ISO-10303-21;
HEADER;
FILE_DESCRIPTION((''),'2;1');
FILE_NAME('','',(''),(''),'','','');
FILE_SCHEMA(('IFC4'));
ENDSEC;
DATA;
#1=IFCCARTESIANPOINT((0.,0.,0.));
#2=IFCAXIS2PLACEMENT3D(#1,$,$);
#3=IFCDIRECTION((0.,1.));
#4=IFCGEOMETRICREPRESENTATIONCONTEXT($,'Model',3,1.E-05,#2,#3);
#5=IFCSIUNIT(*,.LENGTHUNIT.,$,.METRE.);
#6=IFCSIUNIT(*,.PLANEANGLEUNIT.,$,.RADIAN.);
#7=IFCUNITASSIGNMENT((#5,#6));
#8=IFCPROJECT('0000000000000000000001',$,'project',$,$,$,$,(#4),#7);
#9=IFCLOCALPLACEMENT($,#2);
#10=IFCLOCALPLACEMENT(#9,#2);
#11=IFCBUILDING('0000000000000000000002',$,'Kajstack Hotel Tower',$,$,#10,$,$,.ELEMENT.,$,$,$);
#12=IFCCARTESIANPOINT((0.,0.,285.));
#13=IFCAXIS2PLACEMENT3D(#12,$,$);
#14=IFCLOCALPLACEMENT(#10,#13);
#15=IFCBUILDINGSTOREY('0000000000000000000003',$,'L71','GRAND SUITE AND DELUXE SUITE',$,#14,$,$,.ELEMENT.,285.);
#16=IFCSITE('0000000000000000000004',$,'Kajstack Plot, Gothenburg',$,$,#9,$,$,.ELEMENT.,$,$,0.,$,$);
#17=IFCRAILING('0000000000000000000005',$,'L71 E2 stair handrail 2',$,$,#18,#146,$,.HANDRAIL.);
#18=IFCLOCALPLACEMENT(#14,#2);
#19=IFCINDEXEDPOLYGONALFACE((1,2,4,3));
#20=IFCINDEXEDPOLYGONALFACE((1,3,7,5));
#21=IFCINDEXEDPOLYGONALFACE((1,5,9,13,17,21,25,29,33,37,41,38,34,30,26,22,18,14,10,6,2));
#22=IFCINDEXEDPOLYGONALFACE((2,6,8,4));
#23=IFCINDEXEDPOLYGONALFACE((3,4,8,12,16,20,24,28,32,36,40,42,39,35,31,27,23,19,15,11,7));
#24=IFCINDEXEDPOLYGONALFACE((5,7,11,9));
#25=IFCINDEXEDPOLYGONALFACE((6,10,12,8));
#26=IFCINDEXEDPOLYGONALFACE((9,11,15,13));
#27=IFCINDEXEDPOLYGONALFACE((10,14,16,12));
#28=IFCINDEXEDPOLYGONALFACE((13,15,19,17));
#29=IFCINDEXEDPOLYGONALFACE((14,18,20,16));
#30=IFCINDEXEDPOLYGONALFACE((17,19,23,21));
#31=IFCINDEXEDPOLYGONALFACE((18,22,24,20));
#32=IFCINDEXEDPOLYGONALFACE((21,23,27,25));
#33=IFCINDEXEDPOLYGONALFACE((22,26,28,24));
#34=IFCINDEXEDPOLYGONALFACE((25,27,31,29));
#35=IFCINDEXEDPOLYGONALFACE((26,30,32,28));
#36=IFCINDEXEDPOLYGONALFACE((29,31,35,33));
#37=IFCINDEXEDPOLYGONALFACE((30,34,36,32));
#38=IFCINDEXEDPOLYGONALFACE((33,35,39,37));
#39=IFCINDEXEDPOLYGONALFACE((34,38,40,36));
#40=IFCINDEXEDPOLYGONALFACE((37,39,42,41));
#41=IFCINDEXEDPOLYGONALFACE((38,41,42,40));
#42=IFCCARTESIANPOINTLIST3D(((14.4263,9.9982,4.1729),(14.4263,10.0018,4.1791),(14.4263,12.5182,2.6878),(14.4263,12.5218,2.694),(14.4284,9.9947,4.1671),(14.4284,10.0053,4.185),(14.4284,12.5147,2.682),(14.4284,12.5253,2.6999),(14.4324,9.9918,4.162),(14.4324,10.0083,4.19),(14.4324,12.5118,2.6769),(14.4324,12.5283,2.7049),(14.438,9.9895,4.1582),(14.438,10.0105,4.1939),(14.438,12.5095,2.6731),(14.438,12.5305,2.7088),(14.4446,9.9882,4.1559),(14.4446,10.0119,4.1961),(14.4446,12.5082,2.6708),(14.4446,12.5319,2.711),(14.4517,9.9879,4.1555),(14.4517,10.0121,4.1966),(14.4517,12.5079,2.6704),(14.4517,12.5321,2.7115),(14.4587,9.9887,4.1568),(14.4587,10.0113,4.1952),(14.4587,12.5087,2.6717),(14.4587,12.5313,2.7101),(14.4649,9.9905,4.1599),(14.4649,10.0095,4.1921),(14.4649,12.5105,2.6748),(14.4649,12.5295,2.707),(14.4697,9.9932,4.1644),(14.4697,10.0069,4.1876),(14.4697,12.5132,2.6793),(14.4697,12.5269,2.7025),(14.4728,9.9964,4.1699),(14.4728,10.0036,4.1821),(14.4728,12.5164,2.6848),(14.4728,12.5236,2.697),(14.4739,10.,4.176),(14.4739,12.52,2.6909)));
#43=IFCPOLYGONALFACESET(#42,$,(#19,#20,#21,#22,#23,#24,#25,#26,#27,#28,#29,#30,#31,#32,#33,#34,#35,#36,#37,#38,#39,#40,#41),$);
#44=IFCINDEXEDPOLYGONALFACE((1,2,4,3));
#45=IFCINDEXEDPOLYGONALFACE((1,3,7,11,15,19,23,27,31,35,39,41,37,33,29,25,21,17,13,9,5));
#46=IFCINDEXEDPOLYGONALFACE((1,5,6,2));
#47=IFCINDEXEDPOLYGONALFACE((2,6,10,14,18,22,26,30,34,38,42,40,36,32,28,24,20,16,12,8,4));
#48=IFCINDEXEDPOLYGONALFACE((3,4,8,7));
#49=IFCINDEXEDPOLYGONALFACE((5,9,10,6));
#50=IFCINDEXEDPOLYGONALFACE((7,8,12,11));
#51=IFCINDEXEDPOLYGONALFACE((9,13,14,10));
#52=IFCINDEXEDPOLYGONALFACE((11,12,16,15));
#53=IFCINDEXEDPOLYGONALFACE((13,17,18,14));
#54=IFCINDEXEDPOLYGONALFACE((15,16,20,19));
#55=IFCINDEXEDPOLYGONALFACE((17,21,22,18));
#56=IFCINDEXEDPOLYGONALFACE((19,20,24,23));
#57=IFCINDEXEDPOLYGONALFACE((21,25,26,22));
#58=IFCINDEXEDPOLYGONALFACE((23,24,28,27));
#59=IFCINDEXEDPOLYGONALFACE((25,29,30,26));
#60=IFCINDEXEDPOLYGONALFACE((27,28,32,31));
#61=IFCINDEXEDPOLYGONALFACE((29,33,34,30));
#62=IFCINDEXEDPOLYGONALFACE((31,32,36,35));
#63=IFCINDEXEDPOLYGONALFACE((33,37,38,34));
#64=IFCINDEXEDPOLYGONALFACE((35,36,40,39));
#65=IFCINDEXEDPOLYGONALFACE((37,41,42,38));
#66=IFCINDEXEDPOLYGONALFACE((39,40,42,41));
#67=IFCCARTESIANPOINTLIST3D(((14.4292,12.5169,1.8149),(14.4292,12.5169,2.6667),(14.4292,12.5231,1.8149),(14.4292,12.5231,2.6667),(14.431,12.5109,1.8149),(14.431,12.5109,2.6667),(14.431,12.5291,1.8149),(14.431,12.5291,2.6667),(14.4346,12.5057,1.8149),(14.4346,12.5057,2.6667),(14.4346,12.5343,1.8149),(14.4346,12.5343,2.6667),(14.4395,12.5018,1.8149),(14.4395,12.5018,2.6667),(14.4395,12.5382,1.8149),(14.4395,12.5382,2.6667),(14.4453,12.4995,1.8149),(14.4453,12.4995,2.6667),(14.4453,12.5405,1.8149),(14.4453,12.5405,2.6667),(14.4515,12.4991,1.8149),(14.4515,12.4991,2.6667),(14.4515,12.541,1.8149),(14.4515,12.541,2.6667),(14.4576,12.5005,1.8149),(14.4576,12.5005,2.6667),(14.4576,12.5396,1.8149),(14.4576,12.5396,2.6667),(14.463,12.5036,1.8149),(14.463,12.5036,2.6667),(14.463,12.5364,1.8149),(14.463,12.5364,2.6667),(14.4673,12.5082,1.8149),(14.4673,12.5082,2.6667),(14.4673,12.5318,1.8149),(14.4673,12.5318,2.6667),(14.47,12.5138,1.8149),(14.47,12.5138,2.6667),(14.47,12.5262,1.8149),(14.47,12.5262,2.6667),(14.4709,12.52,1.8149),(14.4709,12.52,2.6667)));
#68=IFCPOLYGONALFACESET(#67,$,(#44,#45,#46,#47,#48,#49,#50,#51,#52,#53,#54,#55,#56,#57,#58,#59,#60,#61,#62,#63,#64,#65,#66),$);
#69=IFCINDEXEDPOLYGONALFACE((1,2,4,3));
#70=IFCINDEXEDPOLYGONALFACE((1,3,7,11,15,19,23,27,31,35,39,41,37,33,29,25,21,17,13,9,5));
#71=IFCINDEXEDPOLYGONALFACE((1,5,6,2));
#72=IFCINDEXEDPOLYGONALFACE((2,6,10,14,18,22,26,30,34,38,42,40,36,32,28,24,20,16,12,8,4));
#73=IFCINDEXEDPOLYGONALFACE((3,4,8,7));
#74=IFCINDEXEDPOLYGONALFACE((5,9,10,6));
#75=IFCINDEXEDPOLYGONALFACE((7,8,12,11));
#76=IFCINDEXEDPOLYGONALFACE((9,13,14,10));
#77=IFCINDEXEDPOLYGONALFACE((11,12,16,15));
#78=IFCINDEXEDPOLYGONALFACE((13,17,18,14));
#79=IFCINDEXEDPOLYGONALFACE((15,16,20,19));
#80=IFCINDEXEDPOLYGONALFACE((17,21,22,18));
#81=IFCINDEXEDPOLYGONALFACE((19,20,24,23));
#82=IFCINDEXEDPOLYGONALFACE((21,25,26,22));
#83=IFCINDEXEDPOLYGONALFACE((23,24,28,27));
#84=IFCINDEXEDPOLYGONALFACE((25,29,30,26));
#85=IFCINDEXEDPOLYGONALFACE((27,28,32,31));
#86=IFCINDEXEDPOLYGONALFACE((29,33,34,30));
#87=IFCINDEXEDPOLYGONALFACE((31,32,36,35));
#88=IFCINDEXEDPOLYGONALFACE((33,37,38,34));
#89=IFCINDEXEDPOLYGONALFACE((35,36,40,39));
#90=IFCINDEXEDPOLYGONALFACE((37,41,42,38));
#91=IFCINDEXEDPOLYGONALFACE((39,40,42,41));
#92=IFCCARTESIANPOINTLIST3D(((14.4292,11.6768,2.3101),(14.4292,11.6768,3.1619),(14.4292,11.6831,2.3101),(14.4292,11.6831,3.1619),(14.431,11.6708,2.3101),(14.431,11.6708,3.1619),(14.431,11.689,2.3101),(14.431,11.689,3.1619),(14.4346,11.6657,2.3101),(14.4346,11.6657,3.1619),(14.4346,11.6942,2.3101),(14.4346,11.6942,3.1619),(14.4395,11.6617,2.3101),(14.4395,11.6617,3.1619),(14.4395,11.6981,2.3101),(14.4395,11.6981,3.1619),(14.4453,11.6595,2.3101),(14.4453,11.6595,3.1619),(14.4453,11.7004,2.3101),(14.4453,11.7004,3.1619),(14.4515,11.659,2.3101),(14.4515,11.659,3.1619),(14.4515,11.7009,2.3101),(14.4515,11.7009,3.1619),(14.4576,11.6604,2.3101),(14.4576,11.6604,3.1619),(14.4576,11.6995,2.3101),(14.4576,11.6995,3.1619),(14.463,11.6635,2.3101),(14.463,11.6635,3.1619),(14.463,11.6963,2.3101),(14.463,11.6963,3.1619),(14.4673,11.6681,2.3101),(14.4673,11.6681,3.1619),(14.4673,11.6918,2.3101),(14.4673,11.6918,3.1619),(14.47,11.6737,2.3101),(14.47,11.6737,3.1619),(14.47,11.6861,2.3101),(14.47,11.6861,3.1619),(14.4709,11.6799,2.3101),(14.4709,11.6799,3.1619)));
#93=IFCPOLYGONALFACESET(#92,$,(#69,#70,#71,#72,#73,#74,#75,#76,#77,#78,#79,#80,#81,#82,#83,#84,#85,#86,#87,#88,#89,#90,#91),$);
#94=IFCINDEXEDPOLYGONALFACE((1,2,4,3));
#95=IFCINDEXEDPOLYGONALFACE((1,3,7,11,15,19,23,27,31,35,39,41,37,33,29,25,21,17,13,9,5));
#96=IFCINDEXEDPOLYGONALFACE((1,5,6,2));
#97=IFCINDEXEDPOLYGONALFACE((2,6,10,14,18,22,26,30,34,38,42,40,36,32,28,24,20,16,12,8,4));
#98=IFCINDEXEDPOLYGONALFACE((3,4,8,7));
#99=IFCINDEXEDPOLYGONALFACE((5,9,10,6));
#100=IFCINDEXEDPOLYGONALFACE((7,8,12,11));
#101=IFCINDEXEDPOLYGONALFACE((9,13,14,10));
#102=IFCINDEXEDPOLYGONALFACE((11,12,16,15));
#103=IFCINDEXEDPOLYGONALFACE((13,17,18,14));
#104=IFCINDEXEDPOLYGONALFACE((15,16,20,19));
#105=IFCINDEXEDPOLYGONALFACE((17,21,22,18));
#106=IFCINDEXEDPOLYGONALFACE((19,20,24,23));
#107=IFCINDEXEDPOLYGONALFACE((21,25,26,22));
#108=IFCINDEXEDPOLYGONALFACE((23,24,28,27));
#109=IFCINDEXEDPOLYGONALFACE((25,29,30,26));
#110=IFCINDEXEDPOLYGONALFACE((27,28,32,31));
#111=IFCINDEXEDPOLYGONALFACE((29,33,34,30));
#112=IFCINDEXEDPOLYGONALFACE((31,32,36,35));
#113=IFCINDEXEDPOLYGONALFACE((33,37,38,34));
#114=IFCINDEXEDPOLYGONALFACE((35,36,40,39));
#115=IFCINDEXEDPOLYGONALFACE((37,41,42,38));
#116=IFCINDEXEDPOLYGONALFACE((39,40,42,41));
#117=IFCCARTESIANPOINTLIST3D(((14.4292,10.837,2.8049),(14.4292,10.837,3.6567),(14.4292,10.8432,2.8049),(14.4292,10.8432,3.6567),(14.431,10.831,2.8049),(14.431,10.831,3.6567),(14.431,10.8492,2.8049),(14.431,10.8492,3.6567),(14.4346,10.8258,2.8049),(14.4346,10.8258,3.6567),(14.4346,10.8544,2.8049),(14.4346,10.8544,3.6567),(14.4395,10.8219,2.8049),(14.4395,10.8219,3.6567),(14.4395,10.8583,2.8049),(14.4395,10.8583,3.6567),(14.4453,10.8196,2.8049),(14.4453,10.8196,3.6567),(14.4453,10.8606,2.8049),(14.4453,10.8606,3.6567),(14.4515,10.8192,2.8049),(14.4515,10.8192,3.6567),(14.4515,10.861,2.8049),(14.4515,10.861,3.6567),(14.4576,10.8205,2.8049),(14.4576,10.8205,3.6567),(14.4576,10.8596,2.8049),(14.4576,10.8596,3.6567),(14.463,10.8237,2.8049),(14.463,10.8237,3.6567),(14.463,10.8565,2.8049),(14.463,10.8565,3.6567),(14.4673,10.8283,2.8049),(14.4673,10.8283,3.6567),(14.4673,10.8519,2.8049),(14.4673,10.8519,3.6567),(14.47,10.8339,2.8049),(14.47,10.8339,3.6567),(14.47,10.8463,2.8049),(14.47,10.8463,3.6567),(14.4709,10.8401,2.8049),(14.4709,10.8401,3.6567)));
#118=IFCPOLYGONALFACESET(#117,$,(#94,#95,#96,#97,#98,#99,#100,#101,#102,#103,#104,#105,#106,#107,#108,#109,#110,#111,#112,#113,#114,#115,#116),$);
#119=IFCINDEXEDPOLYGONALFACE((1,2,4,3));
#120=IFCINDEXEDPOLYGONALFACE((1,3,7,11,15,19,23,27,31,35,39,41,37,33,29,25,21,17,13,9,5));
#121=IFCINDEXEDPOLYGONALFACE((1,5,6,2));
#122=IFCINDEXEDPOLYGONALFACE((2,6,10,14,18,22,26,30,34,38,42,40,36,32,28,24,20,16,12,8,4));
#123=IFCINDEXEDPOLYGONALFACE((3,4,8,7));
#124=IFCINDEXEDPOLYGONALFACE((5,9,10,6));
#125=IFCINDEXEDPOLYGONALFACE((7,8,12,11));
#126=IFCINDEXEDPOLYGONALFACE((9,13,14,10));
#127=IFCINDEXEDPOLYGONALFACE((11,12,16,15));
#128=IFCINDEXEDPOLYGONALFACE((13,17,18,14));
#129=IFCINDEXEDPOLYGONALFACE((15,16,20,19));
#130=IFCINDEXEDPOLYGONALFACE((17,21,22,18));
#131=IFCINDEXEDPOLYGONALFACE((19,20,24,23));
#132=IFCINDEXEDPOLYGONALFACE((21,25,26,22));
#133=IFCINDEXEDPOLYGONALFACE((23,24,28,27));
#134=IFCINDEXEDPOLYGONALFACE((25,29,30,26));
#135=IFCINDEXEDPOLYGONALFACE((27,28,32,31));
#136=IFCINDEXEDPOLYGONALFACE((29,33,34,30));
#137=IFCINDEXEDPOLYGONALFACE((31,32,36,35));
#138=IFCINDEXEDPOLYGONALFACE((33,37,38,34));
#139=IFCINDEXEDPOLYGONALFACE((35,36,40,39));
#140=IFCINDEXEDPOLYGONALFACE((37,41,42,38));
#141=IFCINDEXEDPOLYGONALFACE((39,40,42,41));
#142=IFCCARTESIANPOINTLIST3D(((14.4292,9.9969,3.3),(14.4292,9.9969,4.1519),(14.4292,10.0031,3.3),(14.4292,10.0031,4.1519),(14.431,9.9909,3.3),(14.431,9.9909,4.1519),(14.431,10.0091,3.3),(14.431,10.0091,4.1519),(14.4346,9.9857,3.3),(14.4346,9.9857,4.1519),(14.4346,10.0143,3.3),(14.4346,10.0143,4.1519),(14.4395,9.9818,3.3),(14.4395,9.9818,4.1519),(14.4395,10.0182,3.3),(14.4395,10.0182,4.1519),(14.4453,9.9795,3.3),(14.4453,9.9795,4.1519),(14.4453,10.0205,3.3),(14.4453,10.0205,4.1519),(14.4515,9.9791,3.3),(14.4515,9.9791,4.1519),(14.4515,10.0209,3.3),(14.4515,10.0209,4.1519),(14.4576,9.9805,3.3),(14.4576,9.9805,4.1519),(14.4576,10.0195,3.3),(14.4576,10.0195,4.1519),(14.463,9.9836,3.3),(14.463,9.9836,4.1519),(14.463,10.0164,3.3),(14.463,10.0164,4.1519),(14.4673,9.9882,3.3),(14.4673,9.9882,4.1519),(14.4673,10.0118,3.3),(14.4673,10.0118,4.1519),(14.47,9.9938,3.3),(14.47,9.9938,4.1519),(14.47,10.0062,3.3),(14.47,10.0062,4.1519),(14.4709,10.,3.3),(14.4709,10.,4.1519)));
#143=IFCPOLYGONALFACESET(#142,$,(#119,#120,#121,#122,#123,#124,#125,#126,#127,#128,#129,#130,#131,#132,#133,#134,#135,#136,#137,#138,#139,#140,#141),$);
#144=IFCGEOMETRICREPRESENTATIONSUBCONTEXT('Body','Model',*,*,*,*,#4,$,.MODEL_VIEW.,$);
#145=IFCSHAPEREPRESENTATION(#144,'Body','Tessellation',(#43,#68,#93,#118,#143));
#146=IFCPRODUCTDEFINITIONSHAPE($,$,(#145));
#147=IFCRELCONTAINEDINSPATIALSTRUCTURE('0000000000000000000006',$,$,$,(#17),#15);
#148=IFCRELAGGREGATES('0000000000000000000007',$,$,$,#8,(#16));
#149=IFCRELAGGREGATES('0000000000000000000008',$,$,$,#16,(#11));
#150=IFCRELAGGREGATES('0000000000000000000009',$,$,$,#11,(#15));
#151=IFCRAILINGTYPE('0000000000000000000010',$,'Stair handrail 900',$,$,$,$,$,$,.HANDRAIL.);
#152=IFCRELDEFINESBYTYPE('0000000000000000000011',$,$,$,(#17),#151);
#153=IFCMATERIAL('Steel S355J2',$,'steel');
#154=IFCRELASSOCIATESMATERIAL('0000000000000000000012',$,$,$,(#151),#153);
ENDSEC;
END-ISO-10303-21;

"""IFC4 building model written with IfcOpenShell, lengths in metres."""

from ifc_helpers import new_model, si_unit, direction, frame, origin, origin_2d, place, context, subcontext, project, spatial, circle, extrude, material, type_object, element, save


model = new_model("IFC4")

# Units and contexts
model_context = context("Model", 3, precision=1e-05, world=origin(), true_north=direction((0.0, 1.0)))
body_context = subcontext(model_context, "Body", "Model", "MODEL_VIEW")
ifc_project = project(units=[si_unit("LENGTHUNIT", "METRE"), si_unit("PLANEANGLEUNIT", "RADIAN")], contexts=[model_context])

# Site, building, storey
site_placement = place(None, origin())
site = spatial("IfcSite", under=ifc_project, at=site_placement, Name="Kajstack Plot, Gothenburg", CompositionType="ELEMENT", RefElevation=0.0)
building_placement = place(site_placement, origin())
building = spatial("IfcBuilding", under=site, at=building_placement, Name="Kajstack Hotel Tower", CompositionType="ELEMENT")
storey_placement = place(building_placement, frame((0.0, 0.0, 285.0)))
storey = spatial("IfcBuildingStorey", under=building, at=storey_placement, Name="L71", Description="GRAND SUITE AND DELUXE SUITE", CompositionType="ELEMENT", Elevation=285.0)

# Railing
ifc_material_1 = material(Name="Steel S355J2", Category="steel")
railing_type = type_object("IfcRailingType", Name="Stair handrail 900", PredefinedType="HANDRAIL", material=ifc_material_1)
railing_placement = place(storey_placement, frame((14.45, 12.52, 1.8149)))
element("IfcRailing", 1, at=railing_placement, inside=storey, type_object=railing_type, Name="L71 E2 stair handrail 2", PredefinedType="HANDRAIL", context=body_context, shape_type="SweptSolid", body=[
    extrude(circle(Radius=0.0239, at=origin_2d()), frame((0.0, 0.0, 0.876), z_axis=(0.0, -0.861524, 0.507717), x_axis=(1.0, 0.0, 0.0)), (0.0, 0.0, 1.0), 2.925),
    extrude(circle(Radius=0.021, at=origin_2d()), origin(), (0.0, 0.0, 1.0), 0.8518),
    extrude(circle(Radius=0.021, at=origin_2d()), frame((0.0, -0.8401, 0.4951)), (0.0, 0.0, 1.0), 0.8518),
    extrude(circle(Radius=0.021, at=origin_2d()), frame((0.0, -1.6799, 0.99)), (0.0, 0.0, 1.0), 0.8518),
    extrude(circle(Radius=0.021, at=origin_2d()), frame((0.0, -2.52, 1.4851)), (0.0, 0.0, 1.0), 0.8518),
])

save(model, "model.ifc")
